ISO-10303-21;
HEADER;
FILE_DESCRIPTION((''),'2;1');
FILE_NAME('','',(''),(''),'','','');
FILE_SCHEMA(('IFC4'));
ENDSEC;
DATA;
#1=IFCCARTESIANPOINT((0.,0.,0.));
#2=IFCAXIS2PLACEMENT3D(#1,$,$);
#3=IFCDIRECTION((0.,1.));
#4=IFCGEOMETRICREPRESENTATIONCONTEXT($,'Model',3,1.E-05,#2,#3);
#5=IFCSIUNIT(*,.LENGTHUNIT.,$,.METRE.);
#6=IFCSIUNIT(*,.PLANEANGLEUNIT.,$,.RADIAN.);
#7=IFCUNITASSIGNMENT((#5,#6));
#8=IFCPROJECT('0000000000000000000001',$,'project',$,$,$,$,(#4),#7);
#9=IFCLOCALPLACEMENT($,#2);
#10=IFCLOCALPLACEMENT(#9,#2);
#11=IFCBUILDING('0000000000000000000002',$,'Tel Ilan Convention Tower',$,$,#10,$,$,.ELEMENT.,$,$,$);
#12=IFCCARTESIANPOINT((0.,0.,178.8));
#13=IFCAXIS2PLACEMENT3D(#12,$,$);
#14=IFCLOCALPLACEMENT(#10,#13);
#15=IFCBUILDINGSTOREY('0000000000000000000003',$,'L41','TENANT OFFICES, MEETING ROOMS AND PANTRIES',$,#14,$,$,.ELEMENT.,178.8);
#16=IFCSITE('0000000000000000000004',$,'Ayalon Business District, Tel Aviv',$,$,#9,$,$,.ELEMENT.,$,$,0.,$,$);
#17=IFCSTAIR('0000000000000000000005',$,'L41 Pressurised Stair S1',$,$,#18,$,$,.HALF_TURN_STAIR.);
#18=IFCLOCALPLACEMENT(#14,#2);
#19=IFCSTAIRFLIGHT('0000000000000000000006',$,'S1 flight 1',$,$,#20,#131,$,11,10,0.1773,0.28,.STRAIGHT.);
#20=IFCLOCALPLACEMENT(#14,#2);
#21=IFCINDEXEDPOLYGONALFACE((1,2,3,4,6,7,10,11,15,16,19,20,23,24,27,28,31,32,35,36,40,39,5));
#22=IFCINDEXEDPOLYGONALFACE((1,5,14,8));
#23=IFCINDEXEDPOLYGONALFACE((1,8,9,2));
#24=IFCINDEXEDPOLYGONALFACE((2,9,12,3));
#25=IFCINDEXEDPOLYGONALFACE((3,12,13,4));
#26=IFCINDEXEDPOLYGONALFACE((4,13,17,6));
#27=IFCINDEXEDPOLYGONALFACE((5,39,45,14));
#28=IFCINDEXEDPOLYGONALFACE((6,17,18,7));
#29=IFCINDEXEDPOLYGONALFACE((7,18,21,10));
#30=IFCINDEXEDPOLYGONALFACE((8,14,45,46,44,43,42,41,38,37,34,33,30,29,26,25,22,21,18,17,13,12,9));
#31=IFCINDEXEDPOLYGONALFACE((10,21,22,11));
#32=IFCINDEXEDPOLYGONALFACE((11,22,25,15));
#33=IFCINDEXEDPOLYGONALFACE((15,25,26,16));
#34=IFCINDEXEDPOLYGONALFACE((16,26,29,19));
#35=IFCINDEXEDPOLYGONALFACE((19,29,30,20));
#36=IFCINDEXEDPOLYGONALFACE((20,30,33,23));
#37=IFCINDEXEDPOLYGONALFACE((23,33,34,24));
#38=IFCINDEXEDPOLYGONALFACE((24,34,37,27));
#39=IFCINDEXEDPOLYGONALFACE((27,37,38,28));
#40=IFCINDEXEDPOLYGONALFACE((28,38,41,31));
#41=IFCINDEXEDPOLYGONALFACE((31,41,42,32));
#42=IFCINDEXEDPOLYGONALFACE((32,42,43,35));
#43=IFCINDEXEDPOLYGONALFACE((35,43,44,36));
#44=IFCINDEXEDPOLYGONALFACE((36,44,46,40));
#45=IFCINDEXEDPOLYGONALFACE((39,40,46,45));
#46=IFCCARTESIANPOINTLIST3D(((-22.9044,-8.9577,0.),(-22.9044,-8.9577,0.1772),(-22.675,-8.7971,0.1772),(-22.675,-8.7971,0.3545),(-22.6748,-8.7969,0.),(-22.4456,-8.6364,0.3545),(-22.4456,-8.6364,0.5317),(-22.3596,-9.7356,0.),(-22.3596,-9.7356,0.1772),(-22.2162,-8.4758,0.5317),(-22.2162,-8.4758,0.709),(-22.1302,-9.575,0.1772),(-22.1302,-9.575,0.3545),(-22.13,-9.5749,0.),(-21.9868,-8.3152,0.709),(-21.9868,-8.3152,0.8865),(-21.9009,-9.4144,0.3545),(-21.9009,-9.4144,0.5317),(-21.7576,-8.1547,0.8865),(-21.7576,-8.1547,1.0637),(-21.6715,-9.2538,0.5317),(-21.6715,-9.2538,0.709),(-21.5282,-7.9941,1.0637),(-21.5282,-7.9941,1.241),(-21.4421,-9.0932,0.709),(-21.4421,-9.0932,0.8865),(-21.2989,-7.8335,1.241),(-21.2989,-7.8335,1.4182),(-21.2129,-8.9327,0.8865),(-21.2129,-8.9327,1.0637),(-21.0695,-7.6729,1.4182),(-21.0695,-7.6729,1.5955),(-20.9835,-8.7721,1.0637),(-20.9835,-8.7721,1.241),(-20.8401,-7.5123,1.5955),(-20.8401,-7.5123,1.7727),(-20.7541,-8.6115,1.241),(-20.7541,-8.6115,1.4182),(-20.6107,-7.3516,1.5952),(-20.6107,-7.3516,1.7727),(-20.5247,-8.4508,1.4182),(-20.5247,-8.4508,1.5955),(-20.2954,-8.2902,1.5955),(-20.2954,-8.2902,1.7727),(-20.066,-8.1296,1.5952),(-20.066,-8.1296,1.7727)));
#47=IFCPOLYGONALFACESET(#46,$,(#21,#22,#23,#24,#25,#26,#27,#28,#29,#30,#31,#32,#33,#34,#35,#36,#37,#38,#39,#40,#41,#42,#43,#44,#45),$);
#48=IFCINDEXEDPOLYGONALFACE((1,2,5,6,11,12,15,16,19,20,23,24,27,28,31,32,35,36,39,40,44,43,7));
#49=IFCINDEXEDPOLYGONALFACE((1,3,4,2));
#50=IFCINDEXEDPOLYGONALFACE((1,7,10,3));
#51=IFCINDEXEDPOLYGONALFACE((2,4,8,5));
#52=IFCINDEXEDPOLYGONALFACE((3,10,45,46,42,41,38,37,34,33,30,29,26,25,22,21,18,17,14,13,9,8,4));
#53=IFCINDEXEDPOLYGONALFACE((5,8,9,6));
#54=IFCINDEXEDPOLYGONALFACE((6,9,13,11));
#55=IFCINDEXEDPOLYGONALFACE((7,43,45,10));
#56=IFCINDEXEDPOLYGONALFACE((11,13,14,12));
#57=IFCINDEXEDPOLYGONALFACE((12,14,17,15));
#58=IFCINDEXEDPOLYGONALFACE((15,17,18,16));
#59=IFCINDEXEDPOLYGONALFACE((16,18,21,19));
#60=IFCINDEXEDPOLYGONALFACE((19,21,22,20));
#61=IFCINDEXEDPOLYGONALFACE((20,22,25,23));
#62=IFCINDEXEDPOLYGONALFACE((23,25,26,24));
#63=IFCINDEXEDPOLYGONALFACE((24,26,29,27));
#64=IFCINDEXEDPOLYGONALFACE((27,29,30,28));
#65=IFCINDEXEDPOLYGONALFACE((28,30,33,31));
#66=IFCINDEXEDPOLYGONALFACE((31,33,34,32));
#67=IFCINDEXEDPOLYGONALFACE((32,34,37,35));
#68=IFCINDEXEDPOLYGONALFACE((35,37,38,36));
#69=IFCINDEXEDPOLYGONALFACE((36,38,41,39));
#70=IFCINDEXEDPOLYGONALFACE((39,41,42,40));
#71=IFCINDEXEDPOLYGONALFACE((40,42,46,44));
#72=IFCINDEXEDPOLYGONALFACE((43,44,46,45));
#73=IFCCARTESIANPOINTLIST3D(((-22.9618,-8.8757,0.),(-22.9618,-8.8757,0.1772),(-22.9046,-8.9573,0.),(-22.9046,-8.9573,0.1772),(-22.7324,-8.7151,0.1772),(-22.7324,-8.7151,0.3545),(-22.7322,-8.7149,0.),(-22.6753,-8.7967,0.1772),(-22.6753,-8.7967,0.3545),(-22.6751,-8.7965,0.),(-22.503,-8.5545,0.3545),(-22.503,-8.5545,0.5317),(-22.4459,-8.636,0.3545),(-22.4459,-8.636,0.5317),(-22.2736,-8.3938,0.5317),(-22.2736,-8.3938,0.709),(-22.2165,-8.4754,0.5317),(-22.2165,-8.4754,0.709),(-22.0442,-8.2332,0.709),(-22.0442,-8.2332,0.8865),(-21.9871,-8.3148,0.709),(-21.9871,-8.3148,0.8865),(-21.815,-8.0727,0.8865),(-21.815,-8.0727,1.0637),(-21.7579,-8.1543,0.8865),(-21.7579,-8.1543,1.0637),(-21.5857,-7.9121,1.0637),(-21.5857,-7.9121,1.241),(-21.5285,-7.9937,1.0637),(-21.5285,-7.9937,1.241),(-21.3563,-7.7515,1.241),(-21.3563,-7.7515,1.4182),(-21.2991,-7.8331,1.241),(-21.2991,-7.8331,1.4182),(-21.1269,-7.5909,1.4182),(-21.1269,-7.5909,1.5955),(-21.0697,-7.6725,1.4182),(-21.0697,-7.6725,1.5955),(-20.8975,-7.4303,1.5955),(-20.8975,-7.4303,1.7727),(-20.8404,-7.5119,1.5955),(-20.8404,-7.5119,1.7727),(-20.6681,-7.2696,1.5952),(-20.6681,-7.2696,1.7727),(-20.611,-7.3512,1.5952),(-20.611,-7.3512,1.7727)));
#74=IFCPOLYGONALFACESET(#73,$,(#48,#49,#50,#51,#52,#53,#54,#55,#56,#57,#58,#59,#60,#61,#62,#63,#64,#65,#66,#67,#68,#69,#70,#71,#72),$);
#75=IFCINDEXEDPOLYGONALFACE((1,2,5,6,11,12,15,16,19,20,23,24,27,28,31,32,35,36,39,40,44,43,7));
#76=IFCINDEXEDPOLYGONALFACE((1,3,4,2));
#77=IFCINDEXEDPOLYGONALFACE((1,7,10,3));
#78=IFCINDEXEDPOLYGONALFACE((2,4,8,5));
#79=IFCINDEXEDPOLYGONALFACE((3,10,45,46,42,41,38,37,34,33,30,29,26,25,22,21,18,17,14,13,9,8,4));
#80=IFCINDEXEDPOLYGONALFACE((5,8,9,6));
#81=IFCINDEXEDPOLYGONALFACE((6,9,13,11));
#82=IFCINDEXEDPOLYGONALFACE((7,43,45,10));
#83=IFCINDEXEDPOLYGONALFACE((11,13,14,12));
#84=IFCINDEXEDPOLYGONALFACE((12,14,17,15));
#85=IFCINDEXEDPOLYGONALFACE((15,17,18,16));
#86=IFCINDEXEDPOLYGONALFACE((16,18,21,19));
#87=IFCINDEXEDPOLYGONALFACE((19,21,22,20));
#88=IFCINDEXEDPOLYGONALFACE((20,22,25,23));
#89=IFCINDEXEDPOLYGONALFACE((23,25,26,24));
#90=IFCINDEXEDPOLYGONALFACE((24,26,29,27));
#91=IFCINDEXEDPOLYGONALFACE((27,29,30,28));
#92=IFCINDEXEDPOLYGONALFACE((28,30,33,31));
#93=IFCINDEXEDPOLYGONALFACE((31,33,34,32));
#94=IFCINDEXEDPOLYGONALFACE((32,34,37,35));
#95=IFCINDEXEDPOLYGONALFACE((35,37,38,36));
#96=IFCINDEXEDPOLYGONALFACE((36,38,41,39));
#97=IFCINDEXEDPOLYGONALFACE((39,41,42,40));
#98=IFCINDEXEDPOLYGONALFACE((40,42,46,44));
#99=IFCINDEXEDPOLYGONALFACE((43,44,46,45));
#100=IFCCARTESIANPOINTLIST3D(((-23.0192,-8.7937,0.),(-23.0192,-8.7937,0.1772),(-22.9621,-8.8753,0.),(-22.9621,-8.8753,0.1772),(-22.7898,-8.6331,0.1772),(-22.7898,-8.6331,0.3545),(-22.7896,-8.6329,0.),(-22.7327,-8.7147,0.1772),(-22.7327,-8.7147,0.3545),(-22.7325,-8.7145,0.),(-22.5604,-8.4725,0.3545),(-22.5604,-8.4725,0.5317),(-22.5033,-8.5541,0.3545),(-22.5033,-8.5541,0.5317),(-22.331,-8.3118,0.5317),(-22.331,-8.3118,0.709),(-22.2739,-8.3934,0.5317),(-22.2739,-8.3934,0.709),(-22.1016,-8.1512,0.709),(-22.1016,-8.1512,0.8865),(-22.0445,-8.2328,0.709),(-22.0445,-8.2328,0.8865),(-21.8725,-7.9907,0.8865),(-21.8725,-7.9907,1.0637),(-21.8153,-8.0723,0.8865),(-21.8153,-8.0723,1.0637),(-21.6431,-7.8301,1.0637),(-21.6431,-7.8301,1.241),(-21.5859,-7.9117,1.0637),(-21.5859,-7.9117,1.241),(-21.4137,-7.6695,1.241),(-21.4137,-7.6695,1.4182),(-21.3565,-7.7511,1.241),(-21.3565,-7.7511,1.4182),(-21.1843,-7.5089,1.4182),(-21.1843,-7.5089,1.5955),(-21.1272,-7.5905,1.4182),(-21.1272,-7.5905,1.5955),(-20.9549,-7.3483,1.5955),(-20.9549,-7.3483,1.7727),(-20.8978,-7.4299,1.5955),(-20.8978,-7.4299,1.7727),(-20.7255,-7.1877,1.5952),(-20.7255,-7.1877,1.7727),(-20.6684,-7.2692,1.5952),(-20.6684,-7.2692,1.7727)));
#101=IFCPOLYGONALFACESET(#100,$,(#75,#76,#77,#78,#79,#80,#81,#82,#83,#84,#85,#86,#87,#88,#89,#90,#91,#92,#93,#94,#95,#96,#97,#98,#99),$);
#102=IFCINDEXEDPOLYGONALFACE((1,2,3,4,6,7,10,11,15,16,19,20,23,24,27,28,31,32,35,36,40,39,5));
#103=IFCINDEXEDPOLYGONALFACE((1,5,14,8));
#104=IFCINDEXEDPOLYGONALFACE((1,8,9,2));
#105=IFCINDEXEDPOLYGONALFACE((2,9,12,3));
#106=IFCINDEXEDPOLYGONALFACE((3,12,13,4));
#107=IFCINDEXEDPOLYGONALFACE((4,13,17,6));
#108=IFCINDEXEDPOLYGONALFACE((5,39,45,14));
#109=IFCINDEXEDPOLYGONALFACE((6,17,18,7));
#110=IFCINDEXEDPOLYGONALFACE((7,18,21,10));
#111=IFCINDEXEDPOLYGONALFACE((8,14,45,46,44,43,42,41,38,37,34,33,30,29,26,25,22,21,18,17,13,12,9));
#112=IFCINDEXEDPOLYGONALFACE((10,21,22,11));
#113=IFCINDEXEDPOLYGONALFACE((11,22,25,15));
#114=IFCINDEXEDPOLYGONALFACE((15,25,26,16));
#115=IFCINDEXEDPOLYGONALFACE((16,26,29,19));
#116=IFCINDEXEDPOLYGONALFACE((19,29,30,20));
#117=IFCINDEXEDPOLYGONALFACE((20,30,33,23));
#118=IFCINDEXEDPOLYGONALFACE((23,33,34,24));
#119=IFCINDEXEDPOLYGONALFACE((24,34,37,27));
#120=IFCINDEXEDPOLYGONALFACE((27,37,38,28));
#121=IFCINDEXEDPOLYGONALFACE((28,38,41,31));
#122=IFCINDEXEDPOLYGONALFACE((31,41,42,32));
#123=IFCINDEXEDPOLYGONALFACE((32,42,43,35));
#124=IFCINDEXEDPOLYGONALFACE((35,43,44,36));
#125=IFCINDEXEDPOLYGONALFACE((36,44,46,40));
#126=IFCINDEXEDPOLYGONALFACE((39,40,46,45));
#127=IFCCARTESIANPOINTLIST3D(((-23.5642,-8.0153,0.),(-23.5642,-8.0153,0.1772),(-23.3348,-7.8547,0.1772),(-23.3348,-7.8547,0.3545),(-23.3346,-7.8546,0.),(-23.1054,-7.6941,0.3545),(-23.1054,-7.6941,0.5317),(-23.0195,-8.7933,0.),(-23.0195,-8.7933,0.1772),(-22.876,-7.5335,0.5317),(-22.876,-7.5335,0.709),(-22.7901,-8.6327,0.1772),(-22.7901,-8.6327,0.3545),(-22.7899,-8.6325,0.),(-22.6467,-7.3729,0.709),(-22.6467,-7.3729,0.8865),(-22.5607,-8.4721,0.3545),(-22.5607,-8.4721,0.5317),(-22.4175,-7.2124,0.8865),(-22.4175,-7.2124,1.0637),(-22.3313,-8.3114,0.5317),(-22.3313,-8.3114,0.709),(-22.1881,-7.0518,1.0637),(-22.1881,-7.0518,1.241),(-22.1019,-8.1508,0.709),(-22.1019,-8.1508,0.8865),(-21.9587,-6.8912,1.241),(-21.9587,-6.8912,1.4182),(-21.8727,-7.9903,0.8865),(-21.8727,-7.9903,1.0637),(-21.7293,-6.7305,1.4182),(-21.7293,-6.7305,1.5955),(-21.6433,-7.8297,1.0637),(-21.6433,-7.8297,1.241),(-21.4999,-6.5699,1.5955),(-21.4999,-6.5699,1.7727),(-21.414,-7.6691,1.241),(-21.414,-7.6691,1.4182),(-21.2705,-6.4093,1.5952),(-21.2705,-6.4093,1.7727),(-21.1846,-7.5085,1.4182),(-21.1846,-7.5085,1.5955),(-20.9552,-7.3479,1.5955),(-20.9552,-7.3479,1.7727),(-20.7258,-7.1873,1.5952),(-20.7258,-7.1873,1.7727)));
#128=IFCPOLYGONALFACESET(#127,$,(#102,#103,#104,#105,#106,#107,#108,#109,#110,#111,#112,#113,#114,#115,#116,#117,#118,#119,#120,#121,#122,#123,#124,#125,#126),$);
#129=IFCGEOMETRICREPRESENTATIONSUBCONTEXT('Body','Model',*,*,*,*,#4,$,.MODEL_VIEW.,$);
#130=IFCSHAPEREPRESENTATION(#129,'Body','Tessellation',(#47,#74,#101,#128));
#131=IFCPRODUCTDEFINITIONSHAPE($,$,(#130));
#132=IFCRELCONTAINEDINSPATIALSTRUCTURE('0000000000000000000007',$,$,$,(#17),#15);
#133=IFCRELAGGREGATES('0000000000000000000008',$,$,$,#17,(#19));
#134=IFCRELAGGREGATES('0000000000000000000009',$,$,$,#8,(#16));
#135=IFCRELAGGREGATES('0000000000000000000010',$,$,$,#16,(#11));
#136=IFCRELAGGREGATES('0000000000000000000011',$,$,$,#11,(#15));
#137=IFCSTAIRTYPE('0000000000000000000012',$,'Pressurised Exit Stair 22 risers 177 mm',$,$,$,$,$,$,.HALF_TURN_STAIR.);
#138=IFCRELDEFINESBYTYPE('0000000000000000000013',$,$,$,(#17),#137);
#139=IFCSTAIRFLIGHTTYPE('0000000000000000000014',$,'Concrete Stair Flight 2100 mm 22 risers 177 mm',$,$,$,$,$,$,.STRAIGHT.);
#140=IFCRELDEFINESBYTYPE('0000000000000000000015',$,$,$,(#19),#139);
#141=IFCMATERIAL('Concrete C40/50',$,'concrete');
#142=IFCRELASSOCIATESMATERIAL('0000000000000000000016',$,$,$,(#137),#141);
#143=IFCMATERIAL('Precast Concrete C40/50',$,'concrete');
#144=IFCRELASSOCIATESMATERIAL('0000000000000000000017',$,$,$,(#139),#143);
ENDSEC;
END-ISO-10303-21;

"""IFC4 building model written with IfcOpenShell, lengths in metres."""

from ifc_helpers import new_model, si_unit, direction, frame, origin, place, context, subcontext, project, spatial, polyline, outline, extrude, material, type_object, element, aggregate, save


model = new_model("IFC4")

# Units and contexts
model_context = context("Model", 3, precision=1e-05, world=origin(), true_north=direction((0.0, 1.0)))
body_context = subcontext(model_context, "Body", "Model", "MODEL_VIEW")
ifc_project = project(units=[si_unit("LENGTHUNIT", "METRE"), si_unit("PLANEANGLEUNIT", "RADIAN")], contexts=[model_context])

# Site, building, storey
site_placement = place(None, origin())
site = spatial("IfcSite", under=ifc_project, at=site_placement, Name="Ayalon Business District, Tel Aviv", CompositionType="ELEMENT", RefElevation=0.0)
building_placement = place(site_placement, origin())
building = spatial("IfcBuilding", under=site, at=building_placement, Name="Tel Ilan Convention Tower", CompositionType="ELEMENT")
storey_placement = place(building_placement, frame((0.0, 0.0, 178.8)))
storey = spatial("IfcBuildingStorey", under=building, at=storey_placement, Name="L41", Description="TENANT OFFICES, MEETING ROOMS AND PANTRIES", CompositionType="ELEMENT", Elevation=178.8)

# Stair, stair flight
ifc_material_1 = material(Name="Concrete C40/50", Category="concrete")
stair_type = type_object("IfcStairType", Name="Pressurised Exit Stair 22 risers 177 mm", PredefinedType="HALF_TURN_STAIR", material=ifc_material_1)
stair_1_placement = place(storey_placement, origin())
stair_1 = element("IfcStair", 1, at=stair_1_placement, inside=storey, type_object=stair_type, Name="L41 Pressurised Stair S1", PredefinedType="HALF_TURN_STAIR")
ifc_material_2 = material(Name="Precast Concrete C40/50", Category="concrete")
stair_flight_type = type_object("IfcStairFlightType", Name="Concrete Stair Flight 2100 mm 22 risers 177 mm", PredefinedType="STRAIGHT", material=ifc_material_2)
stair_flight_1_placement = place(storey_placement, frame((-22.9619, -8.8755, 0.0), z_axis=(0.0, 0.0, 1.0), x_axis=(0.819152, 0.573576, 0.0)))
stair_flight_1 = element("IfcStairFlight", 2, at=stair_flight_1_placement, type_object=stair_flight_type, Name="S1 flight 1", NumberOfRisers=11, NumberOfTreads=10, PredefinedType="STRAIGHT", RiserHeight=0.1773, TreadLength=0.28, context=body_context, shape_type="SweptSolid", body=[
    extrude(outline(polyline([(0.0, 0.0), (0.0, 0.1772), (0.28, 0.1772), (0.28, 0.3545), (0.5601, 0.3545), (0.5601, 0.5317), (0.8401, 0.5317), (0.8401, 0.709), (1.1201, 0.709), (1.1201, 0.8865), (1.3999, 0.8865), (1.3999, 1.0637), (1.6799, 1.0637), (1.6799, 1.241), (1.96, 1.241), (1.96, 1.4182), (2.24, 1.4182), (2.24, 1.5955), (2.52, 1.5955), (2.52, 1.7727), (2.8, 1.7727), (2.8, 1.95), (2.8, 1.5952), (0.2803, 0.0), (0.0, 0.0)])), frame((0.0, -0.1003, 0.0), z_axis=(0.0, -1.0, 0.0), x_axis=(1.0, 0.0, 0.0)), (0.0, 0.0, 1.0), 0.9497),
    extrude(outline(polyline([(0.0, 0.0), (0.0, 0.1772), (0.28, 0.1772), (0.28, 0.3545), (0.5601, 0.3545), (0.5601, 0.5317), (0.8401, 0.5317), (0.8401, 0.709), (1.1201, 0.709), (1.1201, 0.8865), (1.3999, 0.8865), (1.3999, 1.0637), (1.6799, 1.0637), (1.6799, 1.241), (1.96, 1.241), (1.96, 1.4182), (2.24, 1.4182), (2.24, 1.5955), (2.52, 1.5955), (2.52, 1.7727), (2.8, 1.7727), (2.8, 1.95), (2.8, 1.5952), (0.2803, 0.0), (0.0, 0.0)])), frame((0.0, -0.0002, 0.0), z_axis=(0.0, -1.0, 0.0), x_axis=(1.0, 0.0, 0.0)), (0.0, 0.0, 1.0), 0.0996),
    extrude(outline(polyline([(0.0, 0.0), (0.0, 0.1772), (0.28, 0.1772), (0.28, 0.3545), (0.5601, 0.3545), (0.5601, 0.5317), (0.8401, 0.5317), (0.8401, 0.709), (1.1201, 0.709), (1.1201, 0.8865), (1.3999, 0.8865), (1.3999, 1.0637), (1.6799, 1.0637), (1.6799, 1.241), (1.96, 1.241), (1.96, 1.4182), (2.24, 1.4182), (2.24, 1.5955), (2.52, 1.5955), (2.52, 1.7727), (2.8, 1.7727), (2.8, 1.95), (2.8, 1.5952), (0.2803, 0.0), (0.0, 0.0)])), frame((0.0, 0.0999, 0.0), z_axis=(0.0, -1.0, 0.0), x_axis=(1.0, 0.0, 0.0)), (0.0, 0.0, 1.0), 0.0996),
    extrude(outline(polyline([(0.0, 0.0), (0.0, 0.1772), (0.28, 0.1772), (0.28, 0.3545), (0.5601, 0.3545), (0.5601, 0.5317), (0.8401, 0.5317), (0.8401, 0.709), (1.1201, 0.709), (1.1201, 0.8865), (1.3999, 0.8865), (1.3999, 1.0637), (1.6799, 1.0637), (1.6799, 1.241), (1.96, 1.241), (1.96, 1.4182), (2.24, 1.4182), (2.24, 1.5955), (2.52, 1.5955), (2.52, 1.7727), (2.8, 1.7727), (2.8, 1.95), (2.8, 1.5952), (0.2803, 0.0), (0.0, 0.0)])), frame((0.0, 1.05, 0.0), z_axis=(0.0, -1.0, 0.0), x_axis=(1.0, 0.0, 0.0)), (0.0, 0.0, 1.0), 0.9497),
])
aggregate(stair_1, [stair_flight_1])

save(model, "model.ifc")
